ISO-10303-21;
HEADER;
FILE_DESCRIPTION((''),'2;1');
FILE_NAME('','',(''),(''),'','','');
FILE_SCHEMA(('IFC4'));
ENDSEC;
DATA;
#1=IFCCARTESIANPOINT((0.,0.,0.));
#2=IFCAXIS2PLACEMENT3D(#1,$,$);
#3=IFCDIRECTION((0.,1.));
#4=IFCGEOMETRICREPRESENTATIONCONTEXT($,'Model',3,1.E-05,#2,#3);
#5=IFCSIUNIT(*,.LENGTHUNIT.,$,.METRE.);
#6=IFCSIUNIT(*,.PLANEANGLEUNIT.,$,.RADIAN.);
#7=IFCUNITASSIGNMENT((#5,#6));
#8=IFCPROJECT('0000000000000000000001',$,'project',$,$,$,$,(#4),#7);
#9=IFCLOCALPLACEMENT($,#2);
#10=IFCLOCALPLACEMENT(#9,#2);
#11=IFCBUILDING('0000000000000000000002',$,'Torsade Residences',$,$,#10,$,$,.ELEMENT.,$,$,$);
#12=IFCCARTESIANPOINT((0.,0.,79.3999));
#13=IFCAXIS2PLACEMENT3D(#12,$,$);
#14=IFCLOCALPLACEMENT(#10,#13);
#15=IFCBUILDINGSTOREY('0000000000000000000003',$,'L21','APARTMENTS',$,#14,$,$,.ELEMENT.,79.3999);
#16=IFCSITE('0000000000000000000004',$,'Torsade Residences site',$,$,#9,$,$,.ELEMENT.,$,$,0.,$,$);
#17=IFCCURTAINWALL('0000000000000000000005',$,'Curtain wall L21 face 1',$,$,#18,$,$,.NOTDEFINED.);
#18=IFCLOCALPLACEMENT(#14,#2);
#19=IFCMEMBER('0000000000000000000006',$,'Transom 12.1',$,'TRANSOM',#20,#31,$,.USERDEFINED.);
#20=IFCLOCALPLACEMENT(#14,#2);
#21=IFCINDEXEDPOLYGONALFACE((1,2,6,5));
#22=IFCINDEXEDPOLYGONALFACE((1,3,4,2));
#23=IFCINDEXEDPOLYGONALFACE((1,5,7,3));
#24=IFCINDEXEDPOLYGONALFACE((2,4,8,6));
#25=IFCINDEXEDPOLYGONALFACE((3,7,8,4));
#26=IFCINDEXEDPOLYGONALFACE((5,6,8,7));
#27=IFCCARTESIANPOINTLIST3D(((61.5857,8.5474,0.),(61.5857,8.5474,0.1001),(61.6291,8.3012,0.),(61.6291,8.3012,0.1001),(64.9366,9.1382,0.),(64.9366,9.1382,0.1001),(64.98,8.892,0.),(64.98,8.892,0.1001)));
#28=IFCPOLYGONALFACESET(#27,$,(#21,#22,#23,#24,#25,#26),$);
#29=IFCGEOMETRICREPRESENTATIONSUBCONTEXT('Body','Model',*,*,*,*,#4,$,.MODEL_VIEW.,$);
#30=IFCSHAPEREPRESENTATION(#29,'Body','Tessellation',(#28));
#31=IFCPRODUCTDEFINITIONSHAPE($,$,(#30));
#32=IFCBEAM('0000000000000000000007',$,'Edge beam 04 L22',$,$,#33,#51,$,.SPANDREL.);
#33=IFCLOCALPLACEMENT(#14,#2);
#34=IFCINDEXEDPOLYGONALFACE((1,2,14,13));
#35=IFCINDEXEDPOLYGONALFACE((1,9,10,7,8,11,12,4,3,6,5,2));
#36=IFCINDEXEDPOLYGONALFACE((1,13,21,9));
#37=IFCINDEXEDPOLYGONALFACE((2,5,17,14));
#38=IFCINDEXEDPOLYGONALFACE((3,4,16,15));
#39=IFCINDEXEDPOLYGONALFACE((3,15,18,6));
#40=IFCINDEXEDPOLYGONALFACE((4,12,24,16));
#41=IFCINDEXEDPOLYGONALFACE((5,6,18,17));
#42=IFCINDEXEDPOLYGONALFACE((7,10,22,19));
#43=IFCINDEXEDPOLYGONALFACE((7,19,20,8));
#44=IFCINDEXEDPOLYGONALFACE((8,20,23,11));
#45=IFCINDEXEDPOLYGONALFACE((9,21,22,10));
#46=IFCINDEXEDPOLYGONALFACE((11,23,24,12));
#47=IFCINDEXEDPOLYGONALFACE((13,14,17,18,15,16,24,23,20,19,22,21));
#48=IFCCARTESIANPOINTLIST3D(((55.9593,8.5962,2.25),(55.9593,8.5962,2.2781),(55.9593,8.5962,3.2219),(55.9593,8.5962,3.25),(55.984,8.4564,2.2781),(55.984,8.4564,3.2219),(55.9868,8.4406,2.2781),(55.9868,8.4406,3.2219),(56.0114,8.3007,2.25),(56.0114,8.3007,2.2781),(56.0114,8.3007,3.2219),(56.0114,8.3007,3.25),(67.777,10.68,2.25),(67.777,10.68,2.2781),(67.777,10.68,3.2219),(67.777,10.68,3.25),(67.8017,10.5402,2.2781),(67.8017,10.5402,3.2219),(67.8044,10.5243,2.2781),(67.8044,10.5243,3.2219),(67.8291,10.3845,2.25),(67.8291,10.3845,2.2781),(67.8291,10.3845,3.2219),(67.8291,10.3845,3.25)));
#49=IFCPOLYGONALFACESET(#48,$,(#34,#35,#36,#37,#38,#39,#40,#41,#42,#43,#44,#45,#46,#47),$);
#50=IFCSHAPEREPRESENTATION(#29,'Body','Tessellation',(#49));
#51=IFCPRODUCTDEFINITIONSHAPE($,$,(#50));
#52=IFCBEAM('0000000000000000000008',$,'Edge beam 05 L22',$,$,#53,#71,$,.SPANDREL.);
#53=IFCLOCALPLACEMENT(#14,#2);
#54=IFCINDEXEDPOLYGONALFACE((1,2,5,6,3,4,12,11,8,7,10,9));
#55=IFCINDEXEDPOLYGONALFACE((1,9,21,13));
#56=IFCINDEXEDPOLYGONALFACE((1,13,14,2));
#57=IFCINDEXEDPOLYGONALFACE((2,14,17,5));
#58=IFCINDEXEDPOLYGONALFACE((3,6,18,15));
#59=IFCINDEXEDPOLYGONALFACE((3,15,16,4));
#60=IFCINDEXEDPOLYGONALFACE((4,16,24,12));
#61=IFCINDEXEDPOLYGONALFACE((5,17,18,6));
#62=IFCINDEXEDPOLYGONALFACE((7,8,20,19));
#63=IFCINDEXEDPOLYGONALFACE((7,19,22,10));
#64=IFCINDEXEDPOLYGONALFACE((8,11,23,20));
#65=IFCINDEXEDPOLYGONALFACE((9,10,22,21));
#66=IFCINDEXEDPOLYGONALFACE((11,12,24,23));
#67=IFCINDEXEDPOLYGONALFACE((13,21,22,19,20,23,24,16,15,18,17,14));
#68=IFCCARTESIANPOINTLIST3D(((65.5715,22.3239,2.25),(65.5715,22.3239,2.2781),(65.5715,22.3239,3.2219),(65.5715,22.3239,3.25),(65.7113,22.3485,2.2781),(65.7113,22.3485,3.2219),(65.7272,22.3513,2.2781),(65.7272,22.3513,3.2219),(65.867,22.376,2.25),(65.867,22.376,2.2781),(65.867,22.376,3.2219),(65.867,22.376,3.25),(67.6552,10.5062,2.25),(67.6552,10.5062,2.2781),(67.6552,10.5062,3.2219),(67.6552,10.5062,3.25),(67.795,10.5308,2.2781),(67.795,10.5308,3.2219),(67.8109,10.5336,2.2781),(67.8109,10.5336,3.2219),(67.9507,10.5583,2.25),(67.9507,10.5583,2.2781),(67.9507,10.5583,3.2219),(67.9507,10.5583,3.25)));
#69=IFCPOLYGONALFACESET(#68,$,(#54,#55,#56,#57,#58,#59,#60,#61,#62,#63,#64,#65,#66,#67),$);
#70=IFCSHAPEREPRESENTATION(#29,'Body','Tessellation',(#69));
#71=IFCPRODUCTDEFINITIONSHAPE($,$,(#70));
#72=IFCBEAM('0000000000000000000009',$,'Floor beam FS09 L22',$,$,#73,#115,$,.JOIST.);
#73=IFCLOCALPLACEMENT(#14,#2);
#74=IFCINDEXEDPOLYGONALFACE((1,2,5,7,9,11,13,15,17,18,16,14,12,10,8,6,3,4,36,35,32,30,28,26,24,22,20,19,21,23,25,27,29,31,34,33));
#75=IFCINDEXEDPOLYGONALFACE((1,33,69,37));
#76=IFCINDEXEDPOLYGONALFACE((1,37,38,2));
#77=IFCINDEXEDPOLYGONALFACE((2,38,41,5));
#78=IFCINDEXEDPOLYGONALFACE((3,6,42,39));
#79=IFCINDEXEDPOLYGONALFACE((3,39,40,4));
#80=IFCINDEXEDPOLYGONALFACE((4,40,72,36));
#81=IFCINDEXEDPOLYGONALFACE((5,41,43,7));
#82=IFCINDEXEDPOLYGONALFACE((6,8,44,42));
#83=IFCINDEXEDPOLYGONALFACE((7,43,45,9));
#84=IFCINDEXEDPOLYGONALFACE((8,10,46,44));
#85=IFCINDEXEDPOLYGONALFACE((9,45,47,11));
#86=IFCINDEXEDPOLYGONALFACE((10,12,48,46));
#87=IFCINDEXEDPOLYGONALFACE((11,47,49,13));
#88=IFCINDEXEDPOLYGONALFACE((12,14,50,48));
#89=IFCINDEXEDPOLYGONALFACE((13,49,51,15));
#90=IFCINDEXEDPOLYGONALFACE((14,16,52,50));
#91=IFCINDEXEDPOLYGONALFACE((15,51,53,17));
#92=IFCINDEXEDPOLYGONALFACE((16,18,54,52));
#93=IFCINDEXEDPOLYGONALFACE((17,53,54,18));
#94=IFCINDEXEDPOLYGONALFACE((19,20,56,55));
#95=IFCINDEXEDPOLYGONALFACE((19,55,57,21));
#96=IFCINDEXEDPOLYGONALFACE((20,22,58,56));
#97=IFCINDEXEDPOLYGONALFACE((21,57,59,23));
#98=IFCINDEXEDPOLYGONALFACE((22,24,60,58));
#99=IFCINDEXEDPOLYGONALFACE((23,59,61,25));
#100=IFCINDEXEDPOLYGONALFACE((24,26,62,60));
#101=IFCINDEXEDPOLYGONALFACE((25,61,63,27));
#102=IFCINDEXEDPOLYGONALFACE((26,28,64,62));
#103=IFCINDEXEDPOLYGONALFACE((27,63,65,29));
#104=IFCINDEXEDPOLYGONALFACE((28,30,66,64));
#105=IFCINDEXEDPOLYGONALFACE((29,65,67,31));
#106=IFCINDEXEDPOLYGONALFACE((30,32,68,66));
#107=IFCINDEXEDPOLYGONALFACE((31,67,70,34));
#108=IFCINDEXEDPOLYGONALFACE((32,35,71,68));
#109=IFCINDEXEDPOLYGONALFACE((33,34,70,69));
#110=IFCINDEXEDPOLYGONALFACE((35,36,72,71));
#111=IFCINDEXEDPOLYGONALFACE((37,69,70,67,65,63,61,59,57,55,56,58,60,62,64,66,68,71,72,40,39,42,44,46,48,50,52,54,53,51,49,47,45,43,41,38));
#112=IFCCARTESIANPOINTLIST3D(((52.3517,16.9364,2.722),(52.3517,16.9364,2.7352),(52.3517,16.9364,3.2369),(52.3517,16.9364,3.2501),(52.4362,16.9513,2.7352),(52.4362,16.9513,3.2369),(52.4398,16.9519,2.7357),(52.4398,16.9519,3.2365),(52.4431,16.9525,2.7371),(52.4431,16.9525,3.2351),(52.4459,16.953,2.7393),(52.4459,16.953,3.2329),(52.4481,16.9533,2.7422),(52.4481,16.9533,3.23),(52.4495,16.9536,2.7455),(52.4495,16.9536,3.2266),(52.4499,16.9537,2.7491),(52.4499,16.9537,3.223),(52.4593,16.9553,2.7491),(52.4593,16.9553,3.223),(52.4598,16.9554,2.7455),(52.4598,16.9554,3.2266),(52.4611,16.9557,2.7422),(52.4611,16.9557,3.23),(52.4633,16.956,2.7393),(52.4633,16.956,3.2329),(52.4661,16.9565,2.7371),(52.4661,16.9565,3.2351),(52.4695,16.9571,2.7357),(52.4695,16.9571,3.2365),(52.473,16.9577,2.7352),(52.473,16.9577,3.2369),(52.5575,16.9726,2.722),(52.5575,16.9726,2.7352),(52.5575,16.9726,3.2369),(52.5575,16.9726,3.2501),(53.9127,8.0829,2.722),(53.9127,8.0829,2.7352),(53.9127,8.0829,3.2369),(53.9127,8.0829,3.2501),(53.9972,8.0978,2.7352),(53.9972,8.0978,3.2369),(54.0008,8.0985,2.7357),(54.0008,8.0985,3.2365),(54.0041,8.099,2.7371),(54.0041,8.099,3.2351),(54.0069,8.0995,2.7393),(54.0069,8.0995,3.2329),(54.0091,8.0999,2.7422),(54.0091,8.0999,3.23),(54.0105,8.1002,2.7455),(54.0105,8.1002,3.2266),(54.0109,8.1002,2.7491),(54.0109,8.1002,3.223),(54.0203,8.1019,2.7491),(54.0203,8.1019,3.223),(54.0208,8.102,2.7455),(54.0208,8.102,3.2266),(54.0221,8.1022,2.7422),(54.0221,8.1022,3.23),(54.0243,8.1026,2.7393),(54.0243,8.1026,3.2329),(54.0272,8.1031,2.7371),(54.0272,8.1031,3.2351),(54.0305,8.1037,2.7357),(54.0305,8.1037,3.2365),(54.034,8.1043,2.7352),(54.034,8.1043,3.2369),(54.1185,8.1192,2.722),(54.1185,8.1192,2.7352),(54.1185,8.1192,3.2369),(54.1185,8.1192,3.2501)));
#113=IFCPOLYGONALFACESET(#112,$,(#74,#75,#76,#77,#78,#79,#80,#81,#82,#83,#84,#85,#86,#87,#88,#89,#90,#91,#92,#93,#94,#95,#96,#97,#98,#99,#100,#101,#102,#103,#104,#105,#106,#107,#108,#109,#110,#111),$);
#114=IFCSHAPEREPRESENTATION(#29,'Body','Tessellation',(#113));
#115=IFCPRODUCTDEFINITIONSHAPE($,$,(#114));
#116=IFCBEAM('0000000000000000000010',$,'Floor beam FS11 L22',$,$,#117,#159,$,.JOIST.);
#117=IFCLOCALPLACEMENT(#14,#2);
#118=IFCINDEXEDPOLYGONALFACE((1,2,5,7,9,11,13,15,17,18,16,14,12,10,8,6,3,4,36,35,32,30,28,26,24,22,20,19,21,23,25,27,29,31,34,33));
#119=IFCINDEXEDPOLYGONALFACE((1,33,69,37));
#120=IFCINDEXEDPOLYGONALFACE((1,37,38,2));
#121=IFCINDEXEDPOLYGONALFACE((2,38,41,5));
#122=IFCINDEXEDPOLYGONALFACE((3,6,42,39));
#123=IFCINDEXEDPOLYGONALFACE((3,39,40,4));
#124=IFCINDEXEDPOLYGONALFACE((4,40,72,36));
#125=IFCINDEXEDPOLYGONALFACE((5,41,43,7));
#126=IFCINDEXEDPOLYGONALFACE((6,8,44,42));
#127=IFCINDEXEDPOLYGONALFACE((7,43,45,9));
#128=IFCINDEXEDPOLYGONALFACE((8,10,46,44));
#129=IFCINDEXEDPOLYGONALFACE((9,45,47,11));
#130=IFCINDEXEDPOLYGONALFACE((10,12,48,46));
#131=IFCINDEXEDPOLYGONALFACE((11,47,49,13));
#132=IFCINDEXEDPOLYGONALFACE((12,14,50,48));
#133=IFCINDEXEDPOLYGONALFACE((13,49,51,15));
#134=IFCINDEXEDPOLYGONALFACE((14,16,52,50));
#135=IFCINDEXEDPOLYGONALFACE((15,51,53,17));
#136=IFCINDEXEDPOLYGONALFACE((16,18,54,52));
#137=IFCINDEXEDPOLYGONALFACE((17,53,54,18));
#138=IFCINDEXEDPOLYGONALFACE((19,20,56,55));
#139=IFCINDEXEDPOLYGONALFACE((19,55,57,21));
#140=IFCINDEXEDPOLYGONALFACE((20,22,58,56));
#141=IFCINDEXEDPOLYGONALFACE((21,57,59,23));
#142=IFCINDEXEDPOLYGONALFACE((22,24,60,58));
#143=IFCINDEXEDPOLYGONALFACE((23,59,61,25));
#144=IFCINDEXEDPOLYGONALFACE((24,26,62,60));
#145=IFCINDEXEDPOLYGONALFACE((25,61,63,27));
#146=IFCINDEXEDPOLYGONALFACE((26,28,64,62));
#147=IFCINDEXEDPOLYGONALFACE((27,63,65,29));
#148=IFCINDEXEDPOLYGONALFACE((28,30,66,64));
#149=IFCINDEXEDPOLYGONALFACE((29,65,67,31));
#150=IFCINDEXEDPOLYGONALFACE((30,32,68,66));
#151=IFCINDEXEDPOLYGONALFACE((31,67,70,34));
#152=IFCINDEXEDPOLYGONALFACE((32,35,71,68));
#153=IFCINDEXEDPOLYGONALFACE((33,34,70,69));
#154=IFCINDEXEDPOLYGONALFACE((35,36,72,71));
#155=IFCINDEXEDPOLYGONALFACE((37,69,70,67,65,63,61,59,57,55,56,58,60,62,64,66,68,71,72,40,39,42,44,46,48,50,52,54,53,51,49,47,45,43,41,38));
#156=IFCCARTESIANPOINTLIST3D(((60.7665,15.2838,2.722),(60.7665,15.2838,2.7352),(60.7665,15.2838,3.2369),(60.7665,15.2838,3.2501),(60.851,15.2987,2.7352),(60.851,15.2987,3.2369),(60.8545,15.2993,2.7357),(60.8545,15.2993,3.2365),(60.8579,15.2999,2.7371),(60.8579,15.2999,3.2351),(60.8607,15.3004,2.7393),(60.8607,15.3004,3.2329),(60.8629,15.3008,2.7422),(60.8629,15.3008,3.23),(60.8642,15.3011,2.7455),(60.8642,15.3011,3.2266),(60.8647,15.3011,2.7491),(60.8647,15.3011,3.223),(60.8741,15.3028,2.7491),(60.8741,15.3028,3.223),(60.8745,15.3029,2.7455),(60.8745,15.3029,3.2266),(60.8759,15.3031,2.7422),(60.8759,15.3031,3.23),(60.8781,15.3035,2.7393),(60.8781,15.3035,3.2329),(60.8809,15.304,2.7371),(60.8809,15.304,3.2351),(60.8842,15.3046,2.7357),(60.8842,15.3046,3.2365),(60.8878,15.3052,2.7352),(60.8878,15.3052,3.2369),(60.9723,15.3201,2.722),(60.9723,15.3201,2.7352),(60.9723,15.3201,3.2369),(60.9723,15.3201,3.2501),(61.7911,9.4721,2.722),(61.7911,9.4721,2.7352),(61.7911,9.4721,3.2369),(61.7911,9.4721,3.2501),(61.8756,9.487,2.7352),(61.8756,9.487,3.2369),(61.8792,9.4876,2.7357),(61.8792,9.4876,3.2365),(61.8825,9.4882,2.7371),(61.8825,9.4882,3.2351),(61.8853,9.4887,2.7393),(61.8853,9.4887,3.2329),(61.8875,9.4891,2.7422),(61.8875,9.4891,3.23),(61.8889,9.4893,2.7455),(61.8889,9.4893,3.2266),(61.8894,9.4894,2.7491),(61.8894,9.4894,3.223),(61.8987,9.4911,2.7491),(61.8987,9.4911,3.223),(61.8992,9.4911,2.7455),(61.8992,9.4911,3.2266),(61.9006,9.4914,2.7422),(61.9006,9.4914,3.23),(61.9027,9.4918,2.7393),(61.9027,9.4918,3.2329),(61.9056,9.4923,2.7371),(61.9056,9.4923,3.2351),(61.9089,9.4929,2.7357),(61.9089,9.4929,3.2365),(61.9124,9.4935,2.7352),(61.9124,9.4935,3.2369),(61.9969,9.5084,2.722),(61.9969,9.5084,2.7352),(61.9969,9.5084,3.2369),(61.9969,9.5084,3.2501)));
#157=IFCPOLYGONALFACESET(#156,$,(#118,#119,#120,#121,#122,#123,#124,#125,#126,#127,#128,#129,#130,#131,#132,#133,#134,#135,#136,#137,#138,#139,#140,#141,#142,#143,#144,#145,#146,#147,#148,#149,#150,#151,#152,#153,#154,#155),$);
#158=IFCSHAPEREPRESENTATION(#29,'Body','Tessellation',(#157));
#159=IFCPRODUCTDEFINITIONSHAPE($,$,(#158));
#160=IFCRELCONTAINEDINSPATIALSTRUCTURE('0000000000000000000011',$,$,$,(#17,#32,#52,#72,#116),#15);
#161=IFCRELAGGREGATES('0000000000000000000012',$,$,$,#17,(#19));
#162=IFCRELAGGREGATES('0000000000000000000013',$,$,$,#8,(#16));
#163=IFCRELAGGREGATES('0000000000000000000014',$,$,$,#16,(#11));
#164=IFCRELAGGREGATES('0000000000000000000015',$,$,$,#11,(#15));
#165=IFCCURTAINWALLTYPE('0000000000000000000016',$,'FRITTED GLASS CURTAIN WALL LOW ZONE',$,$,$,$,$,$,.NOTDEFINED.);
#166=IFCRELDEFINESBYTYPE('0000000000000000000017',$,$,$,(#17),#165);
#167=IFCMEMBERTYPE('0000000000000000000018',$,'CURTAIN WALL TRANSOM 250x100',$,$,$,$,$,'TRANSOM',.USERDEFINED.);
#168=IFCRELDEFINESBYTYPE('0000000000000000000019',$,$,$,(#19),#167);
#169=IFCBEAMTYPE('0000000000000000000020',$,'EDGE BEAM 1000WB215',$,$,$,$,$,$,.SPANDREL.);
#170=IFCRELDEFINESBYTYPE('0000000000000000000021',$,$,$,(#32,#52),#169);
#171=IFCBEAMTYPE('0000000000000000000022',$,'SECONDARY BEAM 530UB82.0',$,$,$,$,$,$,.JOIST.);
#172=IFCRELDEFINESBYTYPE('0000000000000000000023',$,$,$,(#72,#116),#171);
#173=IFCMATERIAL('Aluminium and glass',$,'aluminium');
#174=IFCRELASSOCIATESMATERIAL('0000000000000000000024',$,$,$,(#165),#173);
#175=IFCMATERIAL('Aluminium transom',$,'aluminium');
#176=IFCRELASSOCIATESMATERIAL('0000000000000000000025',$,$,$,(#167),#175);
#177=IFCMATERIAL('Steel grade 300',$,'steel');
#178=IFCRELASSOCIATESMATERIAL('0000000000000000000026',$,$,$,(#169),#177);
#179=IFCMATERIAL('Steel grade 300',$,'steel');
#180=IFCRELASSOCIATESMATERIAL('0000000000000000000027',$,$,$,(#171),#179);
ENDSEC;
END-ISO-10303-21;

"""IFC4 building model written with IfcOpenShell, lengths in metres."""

from ifc_helpers import new_model, si_unit, direction, frame, origin, origin_2d, place, context, subcontext, project, spatial, rectangle, i_section, extrude, material, material_profile, profile_set, type_object, element, aggregate, save


model = new_model("IFC4")

# Units and contexts
model_context = context("Model", 3, precision=1e-05, world=origin(), true_north=direction((0.0, 1.0)))
body_context = subcontext(model_context, "Body", "Model", "MODEL_VIEW")
ifc_project = project(units=[si_unit("LENGTHUNIT", "METRE"), si_unit("PLANEANGLEUNIT", "RADIAN")], contexts=[model_context])

# Site, building, storey
site_placement = place(None, origin())
site = spatial("IfcSite", under=ifc_project, at=site_placement, Name="Torsade Residences site", CompositionType="ELEMENT", RefElevation=0.0)
building_placement = place(site_placement, origin())
building = spatial("IfcBuilding", under=site, at=building_placement, Name="Torsade Residences", CompositionType="ELEMENT")
storey_placement = place(building_placement, frame((0.0, 0.0, 79.3999)))
storey = spatial("IfcBuildingStorey", under=building, at=storey_placement, Name="L21", Description="APARTMENTS", CompositionType="ELEMENT", Elevation=79.3999)

# Curtain wall, member
ifc_material_1 = material(Name="Aluminium and glass", Category="aluminium")
curtain_wall_type = type_object("IfcCurtainWallType", Name="FRITTED GLASS CURTAIN WALL LOW ZONE", PredefinedType="NOTDEFINED", material=ifc_material_1)
curtain_wall_placement = place(storey_placement, origin())
curtain_wall = element("IfcCurtainWall", 1, at=curtain_wall_placement, inside=storey, type_object=curtain_wall_type, Name="Curtain wall L21 face 1", PredefinedType="NOTDEFINED")
ifc_material_2 = material(Name="Aluminium transom", Category="aluminium")
ifc_material_profile_1 = material_profile(ifc_material_2, rectangle(XDim=0.25, YDim=0.1001, at=origin_2d()), Name="CURTAIN WALL TRANSOM 250x100")
ifc_profile_set_1 = profile_set([ifc_material_profile_1], Name="Aluminium transom")
member_type_1 = type_object("IfcMemberType", Name="CURTAIN WALL TRANSOM 250x100", ElementType="TRANSOM", PredefinedType="USERDEFINED", material=ifc_profile_set_1)
member_1_placement = place(storey_placement, frame((61.6074, 8.4243, 0.05), z_axis=(0.984809, 0.173642, 0.0), x_axis=(-0.173642, 0.984809, 0.0)))
member_1 = element("IfcMember", 2, at=member_1_placement, type_object=member_type_1, Name="Transom 12.1", ObjectType="TRANSOM", PredefinedType="USERDEFINED", context=body_context, shape_type="SweptSolid", body=[
    extrude(rectangle(XDim=0.25, YDim=0.1001, at=origin_2d()), origin(), (0.0, 0.0, 1.0), 3.4026),
])

# Beams
ifc_material_3 = material(Name="Steel grade 300", Category="steel")
ifc_material_profile_2 = material_profile(ifc_material_3, i_section(OverallWidth=0.3, OverallDepth=1.0, WebThickness=0.0161, FlangeThickness=0.0281, at=origin_2d()), Name="1000WB215")
ifc_profile_set_2 = profile_set([ifc_material_profile_2], Name="Steel grade 300")
beam_type_1 = type_object("IfcBeamType", Name="EDGE BEAM 1000WB215", PredefinedType="SPANDREL", material=ifc_profile_set_2)
for number, where, z_axis, x_axis, name in (
    (3, (55.9854, 8.4485, 2.75), (0.984808, 0.173646, 0.0), (-0.173646, 0.984808, 0.0), "Edge beam 04 L22"),
    (4, (67.803, 10.5322, 2.75), (-0.173646, 0.984808, 0.0), (-0.984808, -0.173646, 0.0), "Edge beam 05 L22"),
):
    element("IfcBeam", number, at=place(storey_placement, frame(where, z_axis=z_axis, x_axis=x_axis)), inside=storey, type_object=beam_type_1, Name=name, PredefinedType="SPANDREL", context=body_context, shape_type="SweptSolid", body=[
        extrude(i_section(OverallWidth=0.3, OverallDepth=1.0, WebThickness=0.0161, FlangeThickness=0.0281, at=origin_2d()), origin(), (0.0, 0.0, 1.0), 12.0),
    ])
ifc_material_4 = material(Name="Steel grade 300", Category="steel")
ifc_material_profile_3 = material_profile(ifc_material_4, i_section(OverallWidth=0.209, OverallDepth=0.5281, WebThickness=0.0095, FlangeThickness=0.0132, FilletRadius=0.0139, at=origin_2d()), Name="530UB82.0")
ifc_profile_set_3 = profile_set([ifc_material_profile_3], Name="Steel grade 300")
beam_type_2 = type_object("IfcBeamType", Name="SECONDARY BEAM 530UB82.0", PredefinedType="JOIST", material=ifc_profile_set_3)
beam_1_placement = place(storey_placement, frame((54.0156, 8.1011, 2.9861), z_axis=(-0.17364, 0.984809, 0.0), x_axis=(-0.984809, -0.17364, 0.0)))
element("IfcBeam", 5, at=beam_1_placement, inside=storey, type_object=beam_type_2, Name="Floor beam FS09 L22", PredefinedType="JOIST", context=body_context, shape_type="SweptSolid", body=[
    extrude(i_section(OverallWidth=0.209, OverallDepth=0.5281, WebThickness=0.0095, FlangeThickness=0.0132, FilletRadius=0.0139, at=origin_2d()), origin(), (0.0, 0.0, 1.0), 8.99),
])
beam_2_placement = place(storey_placement, frame((61.894, 9.4902, 2.9861), z_axis=(-0.17363, 0.984811, 0.0), x_axis=(-0.984811, -0.17363, 0.0)))
element("IfcBeam", 6, at=beam_2_placement, inside=storey, type_object=beam_type_2, Name="Floor beam FS11 L22", PredefinedType="JOIST", context=body_context, shape_type="SweptSolid", body=[
    extrude(i_section(OverallWidth=0.209, OverallDepth=0.5281, WebThickness=0.0095, FlangeThickness=0.0132, FilletRadius=0.0139, at=origin_2d()), origin(), (0.0, 0.0, 1.0), 5.9014),
])

aggregate(curtain_wall, [member_1])

save(model, "model.ifc")
